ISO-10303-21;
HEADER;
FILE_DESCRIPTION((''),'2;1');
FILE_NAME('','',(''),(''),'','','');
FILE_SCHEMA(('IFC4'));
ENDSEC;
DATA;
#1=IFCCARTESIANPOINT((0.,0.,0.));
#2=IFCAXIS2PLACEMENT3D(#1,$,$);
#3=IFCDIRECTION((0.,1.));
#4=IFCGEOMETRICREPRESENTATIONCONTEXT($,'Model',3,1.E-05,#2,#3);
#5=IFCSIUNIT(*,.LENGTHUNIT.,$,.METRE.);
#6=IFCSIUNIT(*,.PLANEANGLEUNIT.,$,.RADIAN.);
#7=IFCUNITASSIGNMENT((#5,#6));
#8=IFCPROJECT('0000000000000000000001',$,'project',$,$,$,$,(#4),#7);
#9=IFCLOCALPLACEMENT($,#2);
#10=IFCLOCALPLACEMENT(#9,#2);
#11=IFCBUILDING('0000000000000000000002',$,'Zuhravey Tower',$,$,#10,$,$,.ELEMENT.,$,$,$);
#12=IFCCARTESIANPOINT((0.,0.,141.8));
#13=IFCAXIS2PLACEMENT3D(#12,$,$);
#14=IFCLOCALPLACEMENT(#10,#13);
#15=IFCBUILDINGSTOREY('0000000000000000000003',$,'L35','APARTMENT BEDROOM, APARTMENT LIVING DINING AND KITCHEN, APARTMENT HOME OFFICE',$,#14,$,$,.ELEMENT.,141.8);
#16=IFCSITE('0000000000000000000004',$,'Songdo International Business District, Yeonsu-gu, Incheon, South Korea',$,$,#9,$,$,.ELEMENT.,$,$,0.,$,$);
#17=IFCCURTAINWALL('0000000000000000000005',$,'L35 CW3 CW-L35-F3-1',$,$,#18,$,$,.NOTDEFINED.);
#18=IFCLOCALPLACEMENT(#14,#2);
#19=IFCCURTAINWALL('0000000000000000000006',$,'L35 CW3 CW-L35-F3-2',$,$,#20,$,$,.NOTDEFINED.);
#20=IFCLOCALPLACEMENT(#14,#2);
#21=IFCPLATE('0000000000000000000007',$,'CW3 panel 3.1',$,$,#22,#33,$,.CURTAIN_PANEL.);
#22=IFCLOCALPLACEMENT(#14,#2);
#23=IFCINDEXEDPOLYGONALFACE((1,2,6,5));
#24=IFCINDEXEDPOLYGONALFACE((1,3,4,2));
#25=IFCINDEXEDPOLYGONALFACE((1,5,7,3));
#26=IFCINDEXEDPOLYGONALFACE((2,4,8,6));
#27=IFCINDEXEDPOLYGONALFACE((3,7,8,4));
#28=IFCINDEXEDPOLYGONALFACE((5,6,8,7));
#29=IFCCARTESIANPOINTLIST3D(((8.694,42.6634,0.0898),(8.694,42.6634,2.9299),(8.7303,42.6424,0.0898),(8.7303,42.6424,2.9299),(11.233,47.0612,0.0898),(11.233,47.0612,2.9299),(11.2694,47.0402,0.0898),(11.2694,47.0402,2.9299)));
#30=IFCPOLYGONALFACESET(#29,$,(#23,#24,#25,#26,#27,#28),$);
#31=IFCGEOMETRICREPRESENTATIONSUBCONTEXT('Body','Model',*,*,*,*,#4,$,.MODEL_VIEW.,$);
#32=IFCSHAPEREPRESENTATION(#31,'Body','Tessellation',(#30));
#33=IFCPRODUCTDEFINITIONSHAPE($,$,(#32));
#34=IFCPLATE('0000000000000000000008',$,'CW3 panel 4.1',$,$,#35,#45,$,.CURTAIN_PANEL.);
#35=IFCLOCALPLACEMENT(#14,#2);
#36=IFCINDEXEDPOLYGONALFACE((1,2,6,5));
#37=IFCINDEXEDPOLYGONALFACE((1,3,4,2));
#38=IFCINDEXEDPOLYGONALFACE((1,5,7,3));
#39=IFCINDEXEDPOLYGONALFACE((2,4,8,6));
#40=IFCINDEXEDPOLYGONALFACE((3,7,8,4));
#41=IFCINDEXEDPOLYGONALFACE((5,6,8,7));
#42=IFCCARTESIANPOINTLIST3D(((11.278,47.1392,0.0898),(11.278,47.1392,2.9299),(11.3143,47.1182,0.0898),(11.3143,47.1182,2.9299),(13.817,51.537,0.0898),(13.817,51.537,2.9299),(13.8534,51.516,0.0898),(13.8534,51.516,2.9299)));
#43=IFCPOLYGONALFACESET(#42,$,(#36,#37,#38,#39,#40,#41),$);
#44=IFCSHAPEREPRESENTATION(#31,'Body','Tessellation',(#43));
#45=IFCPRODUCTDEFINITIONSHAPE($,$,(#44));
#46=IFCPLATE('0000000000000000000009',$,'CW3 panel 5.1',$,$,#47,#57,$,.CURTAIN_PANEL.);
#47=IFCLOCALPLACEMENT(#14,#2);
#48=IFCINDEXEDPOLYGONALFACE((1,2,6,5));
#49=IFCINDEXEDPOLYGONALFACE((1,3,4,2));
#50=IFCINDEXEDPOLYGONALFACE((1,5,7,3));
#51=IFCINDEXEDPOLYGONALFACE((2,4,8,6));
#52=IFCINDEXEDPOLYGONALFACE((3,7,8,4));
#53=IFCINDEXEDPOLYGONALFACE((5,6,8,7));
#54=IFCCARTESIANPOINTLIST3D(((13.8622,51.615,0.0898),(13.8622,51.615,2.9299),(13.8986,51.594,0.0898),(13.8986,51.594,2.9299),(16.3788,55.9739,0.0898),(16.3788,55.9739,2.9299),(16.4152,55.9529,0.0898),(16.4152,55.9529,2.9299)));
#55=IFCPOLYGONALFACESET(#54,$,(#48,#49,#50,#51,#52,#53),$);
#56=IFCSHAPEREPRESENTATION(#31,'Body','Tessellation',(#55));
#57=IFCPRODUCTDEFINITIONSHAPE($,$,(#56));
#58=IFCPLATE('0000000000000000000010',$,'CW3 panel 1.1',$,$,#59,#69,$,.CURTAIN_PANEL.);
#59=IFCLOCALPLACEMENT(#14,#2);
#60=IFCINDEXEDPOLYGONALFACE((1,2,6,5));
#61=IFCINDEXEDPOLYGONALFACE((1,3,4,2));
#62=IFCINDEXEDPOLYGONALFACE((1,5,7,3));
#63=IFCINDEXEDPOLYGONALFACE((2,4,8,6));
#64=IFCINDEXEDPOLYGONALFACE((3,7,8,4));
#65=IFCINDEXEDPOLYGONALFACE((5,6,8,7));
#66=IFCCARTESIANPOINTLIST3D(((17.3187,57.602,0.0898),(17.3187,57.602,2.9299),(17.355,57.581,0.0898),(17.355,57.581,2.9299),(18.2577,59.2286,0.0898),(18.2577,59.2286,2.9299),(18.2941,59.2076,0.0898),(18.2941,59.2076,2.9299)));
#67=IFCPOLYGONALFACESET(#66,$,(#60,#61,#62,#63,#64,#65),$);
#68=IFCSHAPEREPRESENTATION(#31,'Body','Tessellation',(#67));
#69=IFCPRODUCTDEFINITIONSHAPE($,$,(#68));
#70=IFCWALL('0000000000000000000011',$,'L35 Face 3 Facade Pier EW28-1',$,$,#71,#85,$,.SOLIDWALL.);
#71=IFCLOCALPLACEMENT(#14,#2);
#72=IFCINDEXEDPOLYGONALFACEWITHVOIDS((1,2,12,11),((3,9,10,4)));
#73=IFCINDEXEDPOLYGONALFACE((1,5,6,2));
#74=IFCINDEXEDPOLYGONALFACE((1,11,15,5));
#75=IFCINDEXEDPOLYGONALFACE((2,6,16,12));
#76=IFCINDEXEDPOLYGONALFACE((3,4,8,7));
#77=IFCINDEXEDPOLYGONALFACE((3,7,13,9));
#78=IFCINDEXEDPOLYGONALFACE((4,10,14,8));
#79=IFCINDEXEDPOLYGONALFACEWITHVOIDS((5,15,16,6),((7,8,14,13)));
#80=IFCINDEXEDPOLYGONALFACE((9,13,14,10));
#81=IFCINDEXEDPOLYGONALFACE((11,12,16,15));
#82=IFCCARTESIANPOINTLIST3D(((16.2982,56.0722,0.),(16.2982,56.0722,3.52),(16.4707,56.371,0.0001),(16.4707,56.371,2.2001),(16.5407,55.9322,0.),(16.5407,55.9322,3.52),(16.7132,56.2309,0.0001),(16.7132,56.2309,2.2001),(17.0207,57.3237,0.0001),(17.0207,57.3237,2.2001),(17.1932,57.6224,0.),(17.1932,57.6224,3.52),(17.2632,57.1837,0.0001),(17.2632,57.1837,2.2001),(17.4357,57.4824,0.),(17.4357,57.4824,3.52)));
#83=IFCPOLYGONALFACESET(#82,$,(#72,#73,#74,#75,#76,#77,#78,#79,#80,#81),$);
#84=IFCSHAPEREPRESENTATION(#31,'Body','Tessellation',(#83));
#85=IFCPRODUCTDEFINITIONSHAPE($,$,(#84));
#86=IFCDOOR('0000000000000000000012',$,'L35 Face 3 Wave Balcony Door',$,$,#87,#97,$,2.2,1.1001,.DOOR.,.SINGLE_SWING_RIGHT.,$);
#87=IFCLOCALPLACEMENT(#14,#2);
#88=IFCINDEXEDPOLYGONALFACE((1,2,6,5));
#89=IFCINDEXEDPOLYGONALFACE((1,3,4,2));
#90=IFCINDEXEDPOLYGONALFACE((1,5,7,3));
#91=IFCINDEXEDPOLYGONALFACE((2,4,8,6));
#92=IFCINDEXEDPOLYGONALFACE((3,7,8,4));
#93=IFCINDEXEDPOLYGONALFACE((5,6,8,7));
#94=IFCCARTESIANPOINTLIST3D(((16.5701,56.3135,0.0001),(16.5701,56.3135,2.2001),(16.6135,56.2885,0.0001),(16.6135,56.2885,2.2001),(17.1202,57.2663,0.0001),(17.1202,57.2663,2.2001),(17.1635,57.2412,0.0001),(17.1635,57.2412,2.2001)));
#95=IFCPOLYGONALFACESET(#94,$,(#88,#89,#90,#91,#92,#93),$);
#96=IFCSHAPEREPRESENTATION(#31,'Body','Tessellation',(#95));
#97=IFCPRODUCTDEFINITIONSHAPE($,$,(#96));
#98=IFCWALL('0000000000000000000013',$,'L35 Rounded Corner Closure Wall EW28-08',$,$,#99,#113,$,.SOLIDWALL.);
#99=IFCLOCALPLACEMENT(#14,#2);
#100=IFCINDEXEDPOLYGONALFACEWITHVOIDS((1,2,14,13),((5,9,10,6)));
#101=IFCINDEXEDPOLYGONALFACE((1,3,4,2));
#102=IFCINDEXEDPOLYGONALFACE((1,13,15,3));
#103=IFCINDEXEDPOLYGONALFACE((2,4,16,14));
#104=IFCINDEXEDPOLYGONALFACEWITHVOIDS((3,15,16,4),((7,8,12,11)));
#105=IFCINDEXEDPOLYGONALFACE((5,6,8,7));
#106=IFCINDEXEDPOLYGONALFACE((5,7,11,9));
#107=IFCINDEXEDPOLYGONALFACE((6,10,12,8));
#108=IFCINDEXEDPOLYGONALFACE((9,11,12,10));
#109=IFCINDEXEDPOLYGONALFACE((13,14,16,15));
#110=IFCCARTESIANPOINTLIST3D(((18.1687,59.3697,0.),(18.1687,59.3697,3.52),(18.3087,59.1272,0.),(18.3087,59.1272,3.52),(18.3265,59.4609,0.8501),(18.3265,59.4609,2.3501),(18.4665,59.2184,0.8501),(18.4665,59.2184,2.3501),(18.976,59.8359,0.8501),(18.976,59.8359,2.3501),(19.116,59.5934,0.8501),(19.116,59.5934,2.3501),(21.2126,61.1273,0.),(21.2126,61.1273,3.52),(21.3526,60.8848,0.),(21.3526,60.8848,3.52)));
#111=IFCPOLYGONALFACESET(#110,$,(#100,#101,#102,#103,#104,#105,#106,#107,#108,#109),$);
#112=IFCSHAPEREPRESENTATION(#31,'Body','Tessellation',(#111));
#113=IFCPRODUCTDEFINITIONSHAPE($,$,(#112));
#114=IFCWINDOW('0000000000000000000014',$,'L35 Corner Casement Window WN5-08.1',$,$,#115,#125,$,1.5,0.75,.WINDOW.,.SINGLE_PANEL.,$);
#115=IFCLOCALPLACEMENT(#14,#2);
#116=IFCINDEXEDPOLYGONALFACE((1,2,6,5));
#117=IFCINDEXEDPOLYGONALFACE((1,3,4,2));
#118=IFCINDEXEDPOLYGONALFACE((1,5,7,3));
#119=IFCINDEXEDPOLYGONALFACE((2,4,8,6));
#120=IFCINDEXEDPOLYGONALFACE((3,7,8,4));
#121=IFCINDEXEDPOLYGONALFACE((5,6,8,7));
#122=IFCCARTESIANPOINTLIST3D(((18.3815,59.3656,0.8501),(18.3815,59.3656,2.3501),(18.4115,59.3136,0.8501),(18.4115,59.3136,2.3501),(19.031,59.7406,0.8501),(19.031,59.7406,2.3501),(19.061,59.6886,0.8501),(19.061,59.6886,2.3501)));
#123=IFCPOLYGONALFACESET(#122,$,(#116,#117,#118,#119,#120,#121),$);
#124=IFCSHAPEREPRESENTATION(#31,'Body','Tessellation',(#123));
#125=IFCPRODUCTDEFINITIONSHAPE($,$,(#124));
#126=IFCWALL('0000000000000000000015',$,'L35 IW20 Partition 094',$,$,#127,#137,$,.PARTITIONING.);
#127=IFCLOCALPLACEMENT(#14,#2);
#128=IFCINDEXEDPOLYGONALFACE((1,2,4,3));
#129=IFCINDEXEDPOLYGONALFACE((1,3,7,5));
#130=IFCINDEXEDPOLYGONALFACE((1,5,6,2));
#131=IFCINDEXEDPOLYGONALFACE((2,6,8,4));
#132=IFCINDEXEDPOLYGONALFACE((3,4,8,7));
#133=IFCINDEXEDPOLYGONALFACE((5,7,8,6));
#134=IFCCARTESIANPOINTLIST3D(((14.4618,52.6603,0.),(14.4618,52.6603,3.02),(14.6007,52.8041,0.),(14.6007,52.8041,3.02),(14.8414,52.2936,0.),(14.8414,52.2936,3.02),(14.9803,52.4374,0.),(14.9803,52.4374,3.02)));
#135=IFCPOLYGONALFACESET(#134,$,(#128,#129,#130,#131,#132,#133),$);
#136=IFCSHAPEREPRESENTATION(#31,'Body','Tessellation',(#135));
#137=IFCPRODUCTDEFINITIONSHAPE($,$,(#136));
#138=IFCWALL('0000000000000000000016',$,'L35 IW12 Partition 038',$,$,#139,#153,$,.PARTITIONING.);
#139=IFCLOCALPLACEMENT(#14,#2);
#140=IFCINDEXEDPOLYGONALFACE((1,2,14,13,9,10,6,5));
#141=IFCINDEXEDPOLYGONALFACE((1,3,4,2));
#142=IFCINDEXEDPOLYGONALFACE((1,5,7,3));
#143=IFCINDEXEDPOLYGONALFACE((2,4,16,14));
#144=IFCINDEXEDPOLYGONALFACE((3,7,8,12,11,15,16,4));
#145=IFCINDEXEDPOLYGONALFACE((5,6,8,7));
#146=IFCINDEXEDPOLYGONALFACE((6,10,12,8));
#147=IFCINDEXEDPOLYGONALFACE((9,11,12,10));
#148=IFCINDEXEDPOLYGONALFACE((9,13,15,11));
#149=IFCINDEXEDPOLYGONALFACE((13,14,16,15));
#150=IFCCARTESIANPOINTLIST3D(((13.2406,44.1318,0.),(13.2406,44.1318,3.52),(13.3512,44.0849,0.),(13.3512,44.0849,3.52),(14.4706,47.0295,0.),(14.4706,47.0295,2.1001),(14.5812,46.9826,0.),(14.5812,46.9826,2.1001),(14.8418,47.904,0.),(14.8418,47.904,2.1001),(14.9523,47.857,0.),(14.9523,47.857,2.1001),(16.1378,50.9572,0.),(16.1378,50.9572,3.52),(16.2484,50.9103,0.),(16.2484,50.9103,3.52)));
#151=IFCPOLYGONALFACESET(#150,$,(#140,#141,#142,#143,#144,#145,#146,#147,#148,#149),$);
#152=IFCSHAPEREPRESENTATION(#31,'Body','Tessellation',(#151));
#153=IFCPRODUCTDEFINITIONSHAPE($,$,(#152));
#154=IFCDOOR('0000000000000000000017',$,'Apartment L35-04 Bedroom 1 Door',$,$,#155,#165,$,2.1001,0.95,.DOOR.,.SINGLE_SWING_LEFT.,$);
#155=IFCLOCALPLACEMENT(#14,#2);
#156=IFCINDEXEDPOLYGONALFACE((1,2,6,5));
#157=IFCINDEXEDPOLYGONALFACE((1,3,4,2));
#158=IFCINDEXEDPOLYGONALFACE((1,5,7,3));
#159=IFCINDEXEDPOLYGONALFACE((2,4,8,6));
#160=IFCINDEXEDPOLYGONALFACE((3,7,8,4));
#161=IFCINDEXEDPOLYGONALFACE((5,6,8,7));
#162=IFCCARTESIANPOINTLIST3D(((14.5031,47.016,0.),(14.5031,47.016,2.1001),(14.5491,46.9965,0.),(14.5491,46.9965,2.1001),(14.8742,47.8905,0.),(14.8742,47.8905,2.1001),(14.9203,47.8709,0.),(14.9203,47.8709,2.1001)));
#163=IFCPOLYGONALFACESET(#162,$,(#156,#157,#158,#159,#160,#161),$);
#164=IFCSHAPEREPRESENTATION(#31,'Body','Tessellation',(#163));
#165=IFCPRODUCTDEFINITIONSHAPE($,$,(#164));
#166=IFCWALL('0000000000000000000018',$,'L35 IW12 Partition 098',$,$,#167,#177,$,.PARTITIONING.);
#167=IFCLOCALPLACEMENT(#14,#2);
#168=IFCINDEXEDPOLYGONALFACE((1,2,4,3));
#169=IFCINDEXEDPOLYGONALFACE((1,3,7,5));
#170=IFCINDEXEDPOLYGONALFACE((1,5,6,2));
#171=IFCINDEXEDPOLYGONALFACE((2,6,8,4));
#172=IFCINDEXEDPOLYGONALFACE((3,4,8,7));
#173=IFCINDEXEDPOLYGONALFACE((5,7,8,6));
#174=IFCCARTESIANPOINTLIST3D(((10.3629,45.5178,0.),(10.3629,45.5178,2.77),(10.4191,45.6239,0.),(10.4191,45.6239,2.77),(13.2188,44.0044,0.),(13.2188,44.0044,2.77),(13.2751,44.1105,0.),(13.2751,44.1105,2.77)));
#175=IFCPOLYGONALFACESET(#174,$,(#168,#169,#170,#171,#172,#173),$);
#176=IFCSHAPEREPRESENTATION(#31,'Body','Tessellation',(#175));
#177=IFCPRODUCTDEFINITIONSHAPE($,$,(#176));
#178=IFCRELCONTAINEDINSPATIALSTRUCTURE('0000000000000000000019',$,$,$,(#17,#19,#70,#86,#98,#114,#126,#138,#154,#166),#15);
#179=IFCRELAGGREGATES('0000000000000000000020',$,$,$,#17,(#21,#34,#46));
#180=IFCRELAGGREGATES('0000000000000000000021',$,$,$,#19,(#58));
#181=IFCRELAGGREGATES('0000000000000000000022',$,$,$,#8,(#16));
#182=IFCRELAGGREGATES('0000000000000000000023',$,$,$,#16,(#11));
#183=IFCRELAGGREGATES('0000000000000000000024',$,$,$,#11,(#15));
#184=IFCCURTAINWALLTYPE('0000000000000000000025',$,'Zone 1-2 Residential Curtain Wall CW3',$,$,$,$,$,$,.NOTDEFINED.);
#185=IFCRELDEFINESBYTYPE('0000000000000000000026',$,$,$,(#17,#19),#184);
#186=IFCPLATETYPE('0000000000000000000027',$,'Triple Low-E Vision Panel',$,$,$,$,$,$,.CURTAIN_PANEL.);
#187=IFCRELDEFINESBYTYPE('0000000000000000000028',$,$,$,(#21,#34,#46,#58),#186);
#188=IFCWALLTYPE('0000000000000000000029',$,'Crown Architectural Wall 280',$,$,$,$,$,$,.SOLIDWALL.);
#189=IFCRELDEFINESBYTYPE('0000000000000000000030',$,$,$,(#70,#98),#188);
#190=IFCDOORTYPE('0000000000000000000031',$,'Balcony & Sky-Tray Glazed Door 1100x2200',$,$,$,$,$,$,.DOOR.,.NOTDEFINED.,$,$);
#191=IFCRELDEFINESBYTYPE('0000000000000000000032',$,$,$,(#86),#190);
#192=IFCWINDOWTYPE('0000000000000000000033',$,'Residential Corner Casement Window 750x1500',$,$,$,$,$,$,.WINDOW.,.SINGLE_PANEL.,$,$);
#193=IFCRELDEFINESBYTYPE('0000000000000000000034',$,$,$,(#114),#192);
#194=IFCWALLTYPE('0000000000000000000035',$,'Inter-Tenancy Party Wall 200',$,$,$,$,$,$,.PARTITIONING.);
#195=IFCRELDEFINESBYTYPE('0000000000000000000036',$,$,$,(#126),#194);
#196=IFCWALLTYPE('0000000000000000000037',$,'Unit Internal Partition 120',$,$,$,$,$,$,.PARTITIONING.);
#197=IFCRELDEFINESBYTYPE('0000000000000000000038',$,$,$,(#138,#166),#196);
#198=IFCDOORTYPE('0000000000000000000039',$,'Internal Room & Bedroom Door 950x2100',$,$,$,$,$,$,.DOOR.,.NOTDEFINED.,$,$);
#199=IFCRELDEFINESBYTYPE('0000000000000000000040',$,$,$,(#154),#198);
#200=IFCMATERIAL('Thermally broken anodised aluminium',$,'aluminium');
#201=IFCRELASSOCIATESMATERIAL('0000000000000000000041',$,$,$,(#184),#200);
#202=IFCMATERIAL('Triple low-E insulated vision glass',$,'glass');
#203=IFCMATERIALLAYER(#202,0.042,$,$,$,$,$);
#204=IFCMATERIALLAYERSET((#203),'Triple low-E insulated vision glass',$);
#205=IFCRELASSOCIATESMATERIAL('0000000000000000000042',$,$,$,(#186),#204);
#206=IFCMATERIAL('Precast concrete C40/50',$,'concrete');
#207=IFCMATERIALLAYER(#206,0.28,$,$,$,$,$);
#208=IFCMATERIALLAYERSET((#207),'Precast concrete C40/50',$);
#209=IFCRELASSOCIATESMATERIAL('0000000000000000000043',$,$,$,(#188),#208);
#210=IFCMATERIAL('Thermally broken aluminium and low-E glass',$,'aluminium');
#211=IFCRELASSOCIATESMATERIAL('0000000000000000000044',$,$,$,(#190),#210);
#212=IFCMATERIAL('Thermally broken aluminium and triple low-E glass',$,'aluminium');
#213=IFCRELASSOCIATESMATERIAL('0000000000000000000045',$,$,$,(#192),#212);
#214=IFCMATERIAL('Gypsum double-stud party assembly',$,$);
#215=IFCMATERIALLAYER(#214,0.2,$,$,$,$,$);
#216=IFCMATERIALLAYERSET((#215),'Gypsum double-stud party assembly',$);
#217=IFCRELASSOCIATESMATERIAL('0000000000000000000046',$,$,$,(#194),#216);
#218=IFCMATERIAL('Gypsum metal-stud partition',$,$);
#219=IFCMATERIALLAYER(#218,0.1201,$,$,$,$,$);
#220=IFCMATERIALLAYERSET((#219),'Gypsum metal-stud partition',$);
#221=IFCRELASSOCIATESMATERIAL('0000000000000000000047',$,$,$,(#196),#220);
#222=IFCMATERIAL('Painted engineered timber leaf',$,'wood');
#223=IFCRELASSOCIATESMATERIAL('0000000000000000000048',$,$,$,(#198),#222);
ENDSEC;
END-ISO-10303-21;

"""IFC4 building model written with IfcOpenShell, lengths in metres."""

from ifc_helpers import new_model, si_unit, direction, frame, frame_2d, origin, origin_2d, place, context, subcontext, project, spatial, rectangle, extrude, material, layer, layer_set, type_object, element, fill, aggregate, save


model = new_model("IFC4")

# Units and contexts
model_context = context("Model", 3, precision=1e-05, world=origin(), true_north=direction((0.0, 1.0)))
body_context = subcontext(model_context, "Body", "Model", "MODEL_VIEW")
ifc_project = project(units=[si_unit("LENGTHUNIT", "METRE"), si_unit("PLANEANGLEUNIT", "RADIAN")], contexts=[model_context])

# Site, building, storey
site_placement = place(None, origin())
site = spatial("IfcSite", under=ifc_project, at=site_placement, Name="Songdo International Business District, Yeonsu-gu, Incheon, South Korea", CompositionType="ELEMENT", RefElevation=0.0)
building_placement = place(site_placement, origin())
building = spatial("IfcBuilding", under=site, at=building_placement, Name="Zuhravey Tower", CompositionType="ELEMENT")
storey_placement = place(building_placement, frame((0.0, 0.0, 141.8)))
storey = spatial("IfcBuildingStorey", under=building, at=storey_placement, Name="L35", Description="APARTMENT BEDROOM, APARTMENT LIVING DINING AND KITCHEN, APARTMENT HOME OFFICE", CompositionType="ELEMENT", Elevation=141.8)

# Curtain walls
ifc_material_1 = material(Name="Thermally broken anodised aluminium", Category="aluminium")
curtain_wall_type = type_object("IfcCurtainWallType", Name="Zone 1-2 Residential Curtain Wall CW3", PredefinedType="NOTDEFINED", material=ifc_material_1)
curtain_wall_1_placement = place(storey_placement, origin())
curtain_wall_1 = element("IfcCurtainWall", 1, at=curtain_wall_1_placement, inside=storey, type_object=curtain_wall_type, Name="L35 CW3 CW-L35-F3-1", PredefinedType="NOTDEFINED")
curtain_wall_2_placement = place(storey_placement, origin())
curtain_wall_2 = element("IfcCurtainWall", 2, at=curtain_wall_2_placement, inside=storey, type_object=curtain_wall_type, Name="L35 CW3 CW-L35-F3-2", PredefinedType="NOTDEFINED")

# Plates
ifc_material_2 = material(Name="Triple low-E insulated vision glass", Category="glass")
ifc_layer_1 = layer(ifc_material_2, 0.042)
ifc_layer_set_1 = layer_set([ifc_layer_1], Name="Triple low-E insulated vision glass")
plate_type_1 = type_object("IfcPlateType", Name="Triple Low-E Vision Panel", PredefinedType="CURTAIN_PANEL", material=ifc_layer_set_1)
plate_1_placement = place(storey_placement, frame((9.9817, 44.8518, 0.0898), z_axis=(0.0, 0.0, 1.0), x_axis=(0.5, 0.866026, 0.0)))
plate_1 = element("IfcPlate", 3, at=plate_1_placement, type_object=plate_type_1, Name="CW3 panel 3.1", PredefinedType="CURTAIN_PANEL", context=body_context, shape_type="SweptSolid", body=[
    extrude(rectangle(XDim=5.0781, YDim=0.042, at=origin_2d()), origin(), (0.0, 0.0, 1.0), 2.8401),
])
plate_2_placement = place(storey_placement, frame((12.5657, 49.3276, 0.0898), z_axis=(0.0, 0.0, 1.0), x_axis=(0.5, 0.866026, 0.0)))
plate_2 = element("IfcPlate", 4, at=plate_2_placement, type_object=plate_type_1, Name="CW3 panel 4.1", PredefinedType="CURTAIN_PANEL", context=body_context, shape_type="SweptSolid", body=[
    extrude(rectangle(XDim=5.0781, YDim=0.042, at=origin_2d()), origin(), (0.0, 0.0, 1.0), 2.8401),
])
plate_3_placement = place(storey_placement, frame((15.1387, 53.7839, 0.0898), z_axis=(0.0, 0.0, 1.0), x_axis=(0.5, 0.866026, 0.0)))
plate_3 = element("IfcPlate", 5, at=plate_3_placement, type_object=plate_type_1, Name="CW3 panel 5.1", PredefinedType="CURTAIN_PANEL", context=body_context, shape_type="SweptSolid", body=[
    extrude(rectangle(XDim=5.0332, YDim=0.042, at=origin_2d()), origin(), (0.0, 0.0, 1.0), 2.8401),
])
aggregate(curtain_wall_1, [plate_1, plate_2, plate_3])
plate_4_placement = place(storey_placement, frame((17.8064, 58.4048, 0.0898), z_axis=(0.0, 0.0, 1.0), x_axis=(0.49999, 0.866031, 0.0)))
plate_4 = element("IfcPlate", 6, at=plate_4_placement, type_object=plate_type_1, Name="CW3 panel 1.1", PredefinedType="CURTAIN_PANEL", context=body_context, shape_type="SweptSolid", body=[
    extrude(rectangle(XDim=1.8782, YDim=0.042, at=origin_2d()), origin(), (0.0, 0.0, 1.0), 2.8401),
])
aggregate(curtain_wall_2, [plate_4])

# Wall, opening, door
ifc_material_3 = material(Name="Precast concrete C40/50", Category="concrete")
ifc_layer_2 = layer(ifc_material_3, 0.28)
ifc_layer_set_2 = layer_set([ifc_layer_2], Name="Precast concrete C40/50")
wall_type_1 = type_object("IfcWallType", Name="Crown Architectural Wall 280", PredefinedType="SOLIDWALL", material=ifc_layer_set_2)
wall_1_placement = place(storey_placement, frame((16.4194, 56.0022, 0.0), z_axis=(0.0, 0.0, 1.0), x_axis=(0.499982, 0.866036, 0.0)))
wall_1 = element("IfcWall", 7, at=wall_1_placement, inside=storey, type_object=wall_type_1, Name="L35 Face 3 Facade Pier EW28-1", PredefinedType="SOLIDWALL", context=body_context, shape_type="SweptSolid", body=[
    extrude(rectangle(XDim=1.79, YDim=0.28, at=frame_2d((0.895, 0.0))), origin(), (0.0, 0.0, 1.0), 3.52),
])
opening_1_placement = place(wall_1_placement, frame((0.345, 0.0, 0.0)))
opening_1 = element("IfcOpeningElement", 8, at=opening_1_placement, cuts=wall_1, PredefinedType="OPENING", context=body_context, shape_type="SweptSolid", body=[
    extrude(rectangle(XDim=1.1001, YDim=2.2, at=frame_2d((0.55, 1.1001))), frame((0.0, 0.1521, 0.0), z_axis=(0.0, -1.0, 0.0), x_axis=(1.0, 0.0, 0.0)), (0.0, 0.0, 1.0), 0.304),
])
ifc_material_4 = material(Name="Thermally broken aluminium and low-E glass", Category="aluminium")
door_type_1 = type_object("IfcDoorType", Name="Balcony & Sky-Tray Glazed Door 1100x2200", OperationType="NOTDEFINED", PredefinedType="DOOR", material=ifc_material_4)
door_1_placement = place(opening_1_placement, frame((1.1001, 0.0, 0.0), z_axis=(0.0, 0.0, 1.0), x_axis=(-1.0, 0.0, 0.0)))
door_1 = element("IfcDoor", 9, at=door_1_placement, inside=storey, type_object=door_type_1, Name="L35 Face 3 Wave Balcony Door", OperationType="SINGLE_SWING_RIGHT", OverallHeight=2.2, OverallWidth=1.1001, PredefinedType="DOOR", context=body_context, shape_type="SweptSolid", body=[
    extrude(rectangle(XDim=1.1001, YDim=2.2, at=frame_2d((0.55, 1.1001))), frame((0.0, 0.0249, 0.0), z_axis=(0.0, -1.0, 0.0), x_axis=(1.0, 0.0, 0.0)), (0.0, 0.0, 1.0), 0.05),
])
fill(opening_1, door_1)

# Wall, opening, window
wall_2_placement = place(storey_placement, frame((18.2388, 59.2485, 0.0), z_axis=(0.0, 0.0, 1.0), x_axis=(0.866007, 0.500031, 0.0)))
wall_2 = element("IfcWall", 10, at=wall_2_placement, inside=storey, type_object=wall_type_1, Name="L35 Rounded Corner Closure Wall EW28-08", PredefinedType="SOLIDWALL", context=body_context, shape_type="SweptSolid", body=[
    extrude(rectangle(XDim=3.5149, YDim=0.28, at=frame_2d((1.7573, 0.0))), origin(), (0.0, 0.0, 1.0), 3.52),
])
opening_2_placement = place(wall_2_placement, frame((0.1821, 0.0, 0.8501)))
opening_2 = element("IfcOpeningElement", 11, at=opening_2_placement, cuts=wall_2, PredefinedType="OPENING", context=body_context, shape_type="SweptSolid", body=[
    extrude(rectangle(XDim=0.75, YDim=1.5, at=frame_2d((0.375, 0.75))), frame((0.0, 0.1521, 0.0), z_axis=(0.0, -1.0, 0.0), x_axis=(1.0, 0.0, 0.0)), (0.0, 0.0, 1.0), 0.304),
])
ifc_material_5 = material(Name="Thermally broken aluminium and triple low-E glass", Category="aluminium")
window_type = type_object("IfcWindowType", Name="Residential Corner Casement Window 750x1500", PartitioningType="SINGLE_PANEL", PredefinedType="WINDOW", material=ifc_material_5)
window_placement = place(opening_2_placement, origin())
window = element("IfcWindow", 12, at=window_placement, inside=storey, type_object=window_type, Name="L35 Corner Casement Window WN5-08.1", OverallHeight=1.5, OverallWidth=0.75, PartitioningType="SINGLE_PANEL", PredefinedType="WINDOW", context=body_context, shape_type="SweptSolid", body=[
    extrude(rectangle(XDim=0.75, YDim=1.5, at=frame_2d((0.375, 0.75))), frame((0.0, 0.03, 0.0), z_axis=(0.0, -1.0, 0.0), x_axis=(1.0, 0.0, 0.0)), (0.0, 0.0, 1.0), 0.0601),
])
fill(opening_2, window)

# Wall
ifc_material_6 = material(Name="Gypsum double-stud party assembly")
ifc_layer_3 = layer(ifc_material_6, 0.2)
ifc_layer_set_3 = layer_set([ifc_layer_3], Name="Gypsum double-stud party assembly")
wall_type_2 = type_object("IfcWallType", Name="Inter-Tenancy Party Wall 200", PredefinedType="PARTITIONING", material=ifc_layer_set_3)
wall_3_placement = place(storey_placement, frame((14.9109, 52.3655, 0.0), z_axis=(0.0, 0.0, 1.0), x_axis=(-0.719258, 0.694743, 0.0)))
element("IfcWall", 13, at=wall_3_placement, inside=storey, type_object=wall_type_2, Name="L35 IW20 Partition 094", PredefinedType="PARTITIONING", context=body_context, shape_type="SweptSolid", body=[
    extrude(rectangle(XDim=0.5278, YDim=0.2, at=frame_2d((0.2639, 0.0))), origin(), (0.0, 0.0, 1.0), 3.02),
])

# Wall, opening, door
ifc_material_7 = material(Name="Gypsum metal-stud partition")
ifc_layer_4 = layer(ifc_material_7, 0.1201)
ifc_layer_set_4 = layer_set([ifc_layer_4], Name="Gypsum metal-stud partition")
wall_type_3 = type_object("IfcWallType", Name="Unit Internal Partition 120", PredefinedType="PARTITIONING", material=ifc_layer_set_4)
wall_4_placement = place(storey_placement, frame((16.1931, 50.9338, 0.0), z_axis=(0.0, 0.0, 1.0), x_axis=(-0.39073, -0.920505, 0.0)))
wall_4 = element("IfcWall", 14, at=wall_4_placement, inside=storey, type_object=wall_type_3, Name="L35 IW12 Partition 038", PredefinedType="PARTITIONING", context=body_context, shape_type="SweptSolid", body=[
    extrude(rectangle(XDim=7.4148, YDim=0.1201, at=frame_2d((3.7075, 0.0))), origin(), (0.0, 0.0, 1.0), 3.52),
])
opening_3_placement = place(wall_4_placement, frame((3.3169, 0.0, 0.0)))
opening_3 = element("IfcOpeningElement", 15, at=opening_3_placement, cuts=wall_4, PredefinedType="OPENING", context=body_context, shape_type="SweptSolid", body=[
    extrude(rectangle(XDim=0.95, YDim=2.1001, at=frame_2d((0.4751, 1.05))), frame((0.0, 0.072, 0.0), z_axis=(0.0, -1.0, 0.0), x_axis=(1.0, 0.0, 0.0)), (0.0, 0.0, 1.0), 0.144),
])
ifc_material_8 = material(Name="Painted engineered timber leaf", Category="wood")
door_type_2 = type_object("IfcDoorType", Name="Internal Room & Bedroom Door 950x2100", OperationType="NOTDEFINED", PredefinedType="DOOR", material=ifc_material_8)
door_2_placement = place(opening_3_placement, frame((0.95, 0.0, 0.0), z_axis=(0.0, 0.0, 1.0), x_axis=(-1.0, 0.0, 0.0)))
door_2 = element("IfcDoor", 16, at=door_2_placement, inside=storey, type_object=door_type_2, Name="Apartment L35-04 Bedroom 1 Door", OperationType="SINGLE_SWING_LEFT", OverallHeight=2.1001, OverallWidth=0.95, PredefinedType="DOOR", context=body_context, shape_type="SweptSolid", body=[
    extrude(rectangle(XDim=0.95, YDim=2.1001, at=frame_2d((0.4751, 1.05))), frame((0.0, 0.0249, 0.0), z_axis=(0.0, -1.0, 0.0), x_axis=(1.0, 0.0, 0.0)), (0.0, 0.0, 1.0), 0.05),
])
fill(opening_3, door_2)

# Wall
wall_5_placement = place(storey_placement, frame((13.2471, 44.0574, 0.0), z_axis=(0.0, 0.0, 1.0), x_axis=(-0.883602, 0.468238, 0.0)))
element("IfcWall", 17, at=wall_5_placement, inside=storey, type_object=wall_type_3, Name="L35 IW12 Partition 098", PredefinedType="PARTITIONING", context=body_context, shape_type="SweptSolid", body=[
    extrude(rectangle(XDim=3.2322, YDim=0.1201, at=frame_2d((1.6162, 0.0))), origin(), (0.0, 0.0, 1.0), 2.77),
])

save(model, "model.ifc")
